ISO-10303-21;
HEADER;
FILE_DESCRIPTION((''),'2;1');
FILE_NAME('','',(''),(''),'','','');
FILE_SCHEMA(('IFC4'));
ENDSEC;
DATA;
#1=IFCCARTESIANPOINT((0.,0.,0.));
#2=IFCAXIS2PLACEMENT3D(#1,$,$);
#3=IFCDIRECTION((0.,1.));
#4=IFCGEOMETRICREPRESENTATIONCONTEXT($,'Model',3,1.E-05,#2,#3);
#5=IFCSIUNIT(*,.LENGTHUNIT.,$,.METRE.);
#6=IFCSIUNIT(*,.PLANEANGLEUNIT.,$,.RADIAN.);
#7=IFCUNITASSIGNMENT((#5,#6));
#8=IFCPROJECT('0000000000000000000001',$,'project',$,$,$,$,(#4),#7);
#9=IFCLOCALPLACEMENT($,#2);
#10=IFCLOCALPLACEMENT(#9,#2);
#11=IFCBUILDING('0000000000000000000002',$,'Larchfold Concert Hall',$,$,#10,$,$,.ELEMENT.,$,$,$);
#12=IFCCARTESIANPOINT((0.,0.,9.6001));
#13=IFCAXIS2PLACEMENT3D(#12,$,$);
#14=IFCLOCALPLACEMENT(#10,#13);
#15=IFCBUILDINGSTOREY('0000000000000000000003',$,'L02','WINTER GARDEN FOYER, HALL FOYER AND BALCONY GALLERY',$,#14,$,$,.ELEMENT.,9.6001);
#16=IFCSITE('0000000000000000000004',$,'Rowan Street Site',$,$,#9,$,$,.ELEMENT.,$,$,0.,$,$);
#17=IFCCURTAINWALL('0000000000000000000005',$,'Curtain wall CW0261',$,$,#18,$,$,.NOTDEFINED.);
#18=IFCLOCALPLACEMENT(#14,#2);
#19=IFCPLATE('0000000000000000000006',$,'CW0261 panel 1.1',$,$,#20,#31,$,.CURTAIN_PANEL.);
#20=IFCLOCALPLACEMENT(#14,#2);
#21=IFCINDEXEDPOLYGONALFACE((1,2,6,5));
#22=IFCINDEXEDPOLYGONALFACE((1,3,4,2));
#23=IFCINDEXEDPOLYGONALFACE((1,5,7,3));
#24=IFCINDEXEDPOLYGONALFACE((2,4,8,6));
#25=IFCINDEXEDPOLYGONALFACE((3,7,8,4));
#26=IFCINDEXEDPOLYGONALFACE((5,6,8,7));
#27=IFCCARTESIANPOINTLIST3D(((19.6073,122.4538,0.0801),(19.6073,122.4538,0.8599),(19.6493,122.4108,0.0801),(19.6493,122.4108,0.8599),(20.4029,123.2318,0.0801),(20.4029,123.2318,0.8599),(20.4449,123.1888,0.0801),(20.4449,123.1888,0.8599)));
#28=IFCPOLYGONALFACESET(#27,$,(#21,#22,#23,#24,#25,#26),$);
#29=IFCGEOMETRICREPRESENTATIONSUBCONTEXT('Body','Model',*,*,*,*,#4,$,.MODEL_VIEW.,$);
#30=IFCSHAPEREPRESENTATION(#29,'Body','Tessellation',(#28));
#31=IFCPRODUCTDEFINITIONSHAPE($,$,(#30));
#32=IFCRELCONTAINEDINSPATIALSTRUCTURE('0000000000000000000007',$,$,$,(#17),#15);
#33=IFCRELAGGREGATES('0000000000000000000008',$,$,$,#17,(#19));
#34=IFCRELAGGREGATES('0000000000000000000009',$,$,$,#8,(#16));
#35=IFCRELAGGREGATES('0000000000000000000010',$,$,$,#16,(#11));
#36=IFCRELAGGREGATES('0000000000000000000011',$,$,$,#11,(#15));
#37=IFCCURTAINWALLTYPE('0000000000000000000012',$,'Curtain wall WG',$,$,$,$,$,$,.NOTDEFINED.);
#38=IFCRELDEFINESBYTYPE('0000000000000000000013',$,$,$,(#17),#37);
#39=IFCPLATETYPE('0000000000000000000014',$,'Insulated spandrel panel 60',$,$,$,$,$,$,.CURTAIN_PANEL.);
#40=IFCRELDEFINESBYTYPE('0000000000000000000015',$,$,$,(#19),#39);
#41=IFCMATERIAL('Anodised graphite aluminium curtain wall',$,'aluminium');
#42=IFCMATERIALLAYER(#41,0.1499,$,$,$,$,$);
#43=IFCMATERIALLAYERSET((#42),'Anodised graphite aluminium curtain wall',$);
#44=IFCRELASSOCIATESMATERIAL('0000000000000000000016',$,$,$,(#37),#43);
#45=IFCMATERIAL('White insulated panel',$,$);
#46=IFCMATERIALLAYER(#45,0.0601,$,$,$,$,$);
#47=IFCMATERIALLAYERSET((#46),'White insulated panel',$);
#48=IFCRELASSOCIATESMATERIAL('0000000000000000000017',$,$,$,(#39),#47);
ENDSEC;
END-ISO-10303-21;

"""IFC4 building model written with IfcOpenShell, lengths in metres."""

from ifc_helpers import new_model, si_unit, direction, frame, origin, origin_2d, place, context, subcontext, project, spatial, rectangle, extrude, material, layer, layer_set, type_object, element, aggregate, save


model = new_model("IFC4")

# Units and contexts
model_context = context("Model", 3, precision=1e-05, world=origin(), true_north=direction((0.0, 1.0)))
body_context = subcontext(model_context, "Body", "Model", "MODEL_VIEW")
ifc_project = project(units=[si_unit("LENGTHUNIT", "METRE"), si_unit("PLANEANGLEUNIT", "RADIAN")], contexts=[model_context])

# Site, building, storey
site_placement = place(None, origin())
site = spatial("IfcSite", under=ifc_project, at=site_placement, Name="Rowan Street Site", CompositionType="ELEMENT", RefElevation=0.0)
building_placement = place(site_placement, origin())
building = spatial("IfcBuilding", under=site, at=building_placement, Name="Larchfold Concert Hall", CompositionType="ELEMENT")
storey_placement = place(building_placement, frame((0.0, 0.0, 9.6001)))
storey = spatial("IfcBuildingStorey", under=building, at=storey_placement, Name="L02", Description="WINTER GARDEN FOYER, HALL FOYER AND BALCONY GALLERY", CompositionType="ELEMENT", Elevation=9.6001)

# Curtain wall
ifc_material_1 = material(Name="Anodised graphite aluminium curtain wall", Category="aluminium")
ifc_layer_1 = layer(ifc_material_1, 0.1499)
ifc_layer_set_1 = layer_set([ifc_layer_1], Name="Anodised graphite aluminium curtain wall")
curtain_wall_type = type_object("IfcCurtainWallType", Name="Curtain wall WG", PredefinedType="NOTDEFINED", material=ifc_layer_set_1)
curtain_wall_1_placement = place(storey_placement, origin())
curtain_wall_1 = element("IfcCurtainWall", 1, at=curtain_wall_1_placement, inside=storey, type_object=curtain_wall_type, Name="Curtain wall CW0261", PredefinedType="NOTDEFINED")

# Plate
ifc_material_2 = material(Name="White insulated panel")
ifc_layer_2 = layer(ifc_material_2, 0.0601)
ifc_layer_set_2 = layer_set([ifc_layer_2], Name="White insulated panel")
plate_type_1 = type_object("IfcPlateType", Name="Insulated spandrel panel 60", PredefinedType="CURTAIN_PANEL", material=ifc_layer_set_2)
plate_1_placement = place(storey_placement, frame((20.0261, 122.8213, 0.0801), z_axis=(0.0, 0.0, 1.0), x_axis=(-0.714979, -0.699146, 0.0)))
plate_1 = element("IfcPlate", 2, at=plate_1_placement, type_object=plate_type_1, Name="CW0261 panel 1.1", PredefinedType="CURTAIN_PANEL", context=body_context, shape_type="SweptSolid", body=[
    extrude(rectangle(XDim=1.1128, YDim=0.0601, at=origin_2d()), origin(), (0.0, 0.0, 1.0), 0.7798),
])
aggregate(curtain_wall_1, [plate_1])

save(model, "model.ifc")
